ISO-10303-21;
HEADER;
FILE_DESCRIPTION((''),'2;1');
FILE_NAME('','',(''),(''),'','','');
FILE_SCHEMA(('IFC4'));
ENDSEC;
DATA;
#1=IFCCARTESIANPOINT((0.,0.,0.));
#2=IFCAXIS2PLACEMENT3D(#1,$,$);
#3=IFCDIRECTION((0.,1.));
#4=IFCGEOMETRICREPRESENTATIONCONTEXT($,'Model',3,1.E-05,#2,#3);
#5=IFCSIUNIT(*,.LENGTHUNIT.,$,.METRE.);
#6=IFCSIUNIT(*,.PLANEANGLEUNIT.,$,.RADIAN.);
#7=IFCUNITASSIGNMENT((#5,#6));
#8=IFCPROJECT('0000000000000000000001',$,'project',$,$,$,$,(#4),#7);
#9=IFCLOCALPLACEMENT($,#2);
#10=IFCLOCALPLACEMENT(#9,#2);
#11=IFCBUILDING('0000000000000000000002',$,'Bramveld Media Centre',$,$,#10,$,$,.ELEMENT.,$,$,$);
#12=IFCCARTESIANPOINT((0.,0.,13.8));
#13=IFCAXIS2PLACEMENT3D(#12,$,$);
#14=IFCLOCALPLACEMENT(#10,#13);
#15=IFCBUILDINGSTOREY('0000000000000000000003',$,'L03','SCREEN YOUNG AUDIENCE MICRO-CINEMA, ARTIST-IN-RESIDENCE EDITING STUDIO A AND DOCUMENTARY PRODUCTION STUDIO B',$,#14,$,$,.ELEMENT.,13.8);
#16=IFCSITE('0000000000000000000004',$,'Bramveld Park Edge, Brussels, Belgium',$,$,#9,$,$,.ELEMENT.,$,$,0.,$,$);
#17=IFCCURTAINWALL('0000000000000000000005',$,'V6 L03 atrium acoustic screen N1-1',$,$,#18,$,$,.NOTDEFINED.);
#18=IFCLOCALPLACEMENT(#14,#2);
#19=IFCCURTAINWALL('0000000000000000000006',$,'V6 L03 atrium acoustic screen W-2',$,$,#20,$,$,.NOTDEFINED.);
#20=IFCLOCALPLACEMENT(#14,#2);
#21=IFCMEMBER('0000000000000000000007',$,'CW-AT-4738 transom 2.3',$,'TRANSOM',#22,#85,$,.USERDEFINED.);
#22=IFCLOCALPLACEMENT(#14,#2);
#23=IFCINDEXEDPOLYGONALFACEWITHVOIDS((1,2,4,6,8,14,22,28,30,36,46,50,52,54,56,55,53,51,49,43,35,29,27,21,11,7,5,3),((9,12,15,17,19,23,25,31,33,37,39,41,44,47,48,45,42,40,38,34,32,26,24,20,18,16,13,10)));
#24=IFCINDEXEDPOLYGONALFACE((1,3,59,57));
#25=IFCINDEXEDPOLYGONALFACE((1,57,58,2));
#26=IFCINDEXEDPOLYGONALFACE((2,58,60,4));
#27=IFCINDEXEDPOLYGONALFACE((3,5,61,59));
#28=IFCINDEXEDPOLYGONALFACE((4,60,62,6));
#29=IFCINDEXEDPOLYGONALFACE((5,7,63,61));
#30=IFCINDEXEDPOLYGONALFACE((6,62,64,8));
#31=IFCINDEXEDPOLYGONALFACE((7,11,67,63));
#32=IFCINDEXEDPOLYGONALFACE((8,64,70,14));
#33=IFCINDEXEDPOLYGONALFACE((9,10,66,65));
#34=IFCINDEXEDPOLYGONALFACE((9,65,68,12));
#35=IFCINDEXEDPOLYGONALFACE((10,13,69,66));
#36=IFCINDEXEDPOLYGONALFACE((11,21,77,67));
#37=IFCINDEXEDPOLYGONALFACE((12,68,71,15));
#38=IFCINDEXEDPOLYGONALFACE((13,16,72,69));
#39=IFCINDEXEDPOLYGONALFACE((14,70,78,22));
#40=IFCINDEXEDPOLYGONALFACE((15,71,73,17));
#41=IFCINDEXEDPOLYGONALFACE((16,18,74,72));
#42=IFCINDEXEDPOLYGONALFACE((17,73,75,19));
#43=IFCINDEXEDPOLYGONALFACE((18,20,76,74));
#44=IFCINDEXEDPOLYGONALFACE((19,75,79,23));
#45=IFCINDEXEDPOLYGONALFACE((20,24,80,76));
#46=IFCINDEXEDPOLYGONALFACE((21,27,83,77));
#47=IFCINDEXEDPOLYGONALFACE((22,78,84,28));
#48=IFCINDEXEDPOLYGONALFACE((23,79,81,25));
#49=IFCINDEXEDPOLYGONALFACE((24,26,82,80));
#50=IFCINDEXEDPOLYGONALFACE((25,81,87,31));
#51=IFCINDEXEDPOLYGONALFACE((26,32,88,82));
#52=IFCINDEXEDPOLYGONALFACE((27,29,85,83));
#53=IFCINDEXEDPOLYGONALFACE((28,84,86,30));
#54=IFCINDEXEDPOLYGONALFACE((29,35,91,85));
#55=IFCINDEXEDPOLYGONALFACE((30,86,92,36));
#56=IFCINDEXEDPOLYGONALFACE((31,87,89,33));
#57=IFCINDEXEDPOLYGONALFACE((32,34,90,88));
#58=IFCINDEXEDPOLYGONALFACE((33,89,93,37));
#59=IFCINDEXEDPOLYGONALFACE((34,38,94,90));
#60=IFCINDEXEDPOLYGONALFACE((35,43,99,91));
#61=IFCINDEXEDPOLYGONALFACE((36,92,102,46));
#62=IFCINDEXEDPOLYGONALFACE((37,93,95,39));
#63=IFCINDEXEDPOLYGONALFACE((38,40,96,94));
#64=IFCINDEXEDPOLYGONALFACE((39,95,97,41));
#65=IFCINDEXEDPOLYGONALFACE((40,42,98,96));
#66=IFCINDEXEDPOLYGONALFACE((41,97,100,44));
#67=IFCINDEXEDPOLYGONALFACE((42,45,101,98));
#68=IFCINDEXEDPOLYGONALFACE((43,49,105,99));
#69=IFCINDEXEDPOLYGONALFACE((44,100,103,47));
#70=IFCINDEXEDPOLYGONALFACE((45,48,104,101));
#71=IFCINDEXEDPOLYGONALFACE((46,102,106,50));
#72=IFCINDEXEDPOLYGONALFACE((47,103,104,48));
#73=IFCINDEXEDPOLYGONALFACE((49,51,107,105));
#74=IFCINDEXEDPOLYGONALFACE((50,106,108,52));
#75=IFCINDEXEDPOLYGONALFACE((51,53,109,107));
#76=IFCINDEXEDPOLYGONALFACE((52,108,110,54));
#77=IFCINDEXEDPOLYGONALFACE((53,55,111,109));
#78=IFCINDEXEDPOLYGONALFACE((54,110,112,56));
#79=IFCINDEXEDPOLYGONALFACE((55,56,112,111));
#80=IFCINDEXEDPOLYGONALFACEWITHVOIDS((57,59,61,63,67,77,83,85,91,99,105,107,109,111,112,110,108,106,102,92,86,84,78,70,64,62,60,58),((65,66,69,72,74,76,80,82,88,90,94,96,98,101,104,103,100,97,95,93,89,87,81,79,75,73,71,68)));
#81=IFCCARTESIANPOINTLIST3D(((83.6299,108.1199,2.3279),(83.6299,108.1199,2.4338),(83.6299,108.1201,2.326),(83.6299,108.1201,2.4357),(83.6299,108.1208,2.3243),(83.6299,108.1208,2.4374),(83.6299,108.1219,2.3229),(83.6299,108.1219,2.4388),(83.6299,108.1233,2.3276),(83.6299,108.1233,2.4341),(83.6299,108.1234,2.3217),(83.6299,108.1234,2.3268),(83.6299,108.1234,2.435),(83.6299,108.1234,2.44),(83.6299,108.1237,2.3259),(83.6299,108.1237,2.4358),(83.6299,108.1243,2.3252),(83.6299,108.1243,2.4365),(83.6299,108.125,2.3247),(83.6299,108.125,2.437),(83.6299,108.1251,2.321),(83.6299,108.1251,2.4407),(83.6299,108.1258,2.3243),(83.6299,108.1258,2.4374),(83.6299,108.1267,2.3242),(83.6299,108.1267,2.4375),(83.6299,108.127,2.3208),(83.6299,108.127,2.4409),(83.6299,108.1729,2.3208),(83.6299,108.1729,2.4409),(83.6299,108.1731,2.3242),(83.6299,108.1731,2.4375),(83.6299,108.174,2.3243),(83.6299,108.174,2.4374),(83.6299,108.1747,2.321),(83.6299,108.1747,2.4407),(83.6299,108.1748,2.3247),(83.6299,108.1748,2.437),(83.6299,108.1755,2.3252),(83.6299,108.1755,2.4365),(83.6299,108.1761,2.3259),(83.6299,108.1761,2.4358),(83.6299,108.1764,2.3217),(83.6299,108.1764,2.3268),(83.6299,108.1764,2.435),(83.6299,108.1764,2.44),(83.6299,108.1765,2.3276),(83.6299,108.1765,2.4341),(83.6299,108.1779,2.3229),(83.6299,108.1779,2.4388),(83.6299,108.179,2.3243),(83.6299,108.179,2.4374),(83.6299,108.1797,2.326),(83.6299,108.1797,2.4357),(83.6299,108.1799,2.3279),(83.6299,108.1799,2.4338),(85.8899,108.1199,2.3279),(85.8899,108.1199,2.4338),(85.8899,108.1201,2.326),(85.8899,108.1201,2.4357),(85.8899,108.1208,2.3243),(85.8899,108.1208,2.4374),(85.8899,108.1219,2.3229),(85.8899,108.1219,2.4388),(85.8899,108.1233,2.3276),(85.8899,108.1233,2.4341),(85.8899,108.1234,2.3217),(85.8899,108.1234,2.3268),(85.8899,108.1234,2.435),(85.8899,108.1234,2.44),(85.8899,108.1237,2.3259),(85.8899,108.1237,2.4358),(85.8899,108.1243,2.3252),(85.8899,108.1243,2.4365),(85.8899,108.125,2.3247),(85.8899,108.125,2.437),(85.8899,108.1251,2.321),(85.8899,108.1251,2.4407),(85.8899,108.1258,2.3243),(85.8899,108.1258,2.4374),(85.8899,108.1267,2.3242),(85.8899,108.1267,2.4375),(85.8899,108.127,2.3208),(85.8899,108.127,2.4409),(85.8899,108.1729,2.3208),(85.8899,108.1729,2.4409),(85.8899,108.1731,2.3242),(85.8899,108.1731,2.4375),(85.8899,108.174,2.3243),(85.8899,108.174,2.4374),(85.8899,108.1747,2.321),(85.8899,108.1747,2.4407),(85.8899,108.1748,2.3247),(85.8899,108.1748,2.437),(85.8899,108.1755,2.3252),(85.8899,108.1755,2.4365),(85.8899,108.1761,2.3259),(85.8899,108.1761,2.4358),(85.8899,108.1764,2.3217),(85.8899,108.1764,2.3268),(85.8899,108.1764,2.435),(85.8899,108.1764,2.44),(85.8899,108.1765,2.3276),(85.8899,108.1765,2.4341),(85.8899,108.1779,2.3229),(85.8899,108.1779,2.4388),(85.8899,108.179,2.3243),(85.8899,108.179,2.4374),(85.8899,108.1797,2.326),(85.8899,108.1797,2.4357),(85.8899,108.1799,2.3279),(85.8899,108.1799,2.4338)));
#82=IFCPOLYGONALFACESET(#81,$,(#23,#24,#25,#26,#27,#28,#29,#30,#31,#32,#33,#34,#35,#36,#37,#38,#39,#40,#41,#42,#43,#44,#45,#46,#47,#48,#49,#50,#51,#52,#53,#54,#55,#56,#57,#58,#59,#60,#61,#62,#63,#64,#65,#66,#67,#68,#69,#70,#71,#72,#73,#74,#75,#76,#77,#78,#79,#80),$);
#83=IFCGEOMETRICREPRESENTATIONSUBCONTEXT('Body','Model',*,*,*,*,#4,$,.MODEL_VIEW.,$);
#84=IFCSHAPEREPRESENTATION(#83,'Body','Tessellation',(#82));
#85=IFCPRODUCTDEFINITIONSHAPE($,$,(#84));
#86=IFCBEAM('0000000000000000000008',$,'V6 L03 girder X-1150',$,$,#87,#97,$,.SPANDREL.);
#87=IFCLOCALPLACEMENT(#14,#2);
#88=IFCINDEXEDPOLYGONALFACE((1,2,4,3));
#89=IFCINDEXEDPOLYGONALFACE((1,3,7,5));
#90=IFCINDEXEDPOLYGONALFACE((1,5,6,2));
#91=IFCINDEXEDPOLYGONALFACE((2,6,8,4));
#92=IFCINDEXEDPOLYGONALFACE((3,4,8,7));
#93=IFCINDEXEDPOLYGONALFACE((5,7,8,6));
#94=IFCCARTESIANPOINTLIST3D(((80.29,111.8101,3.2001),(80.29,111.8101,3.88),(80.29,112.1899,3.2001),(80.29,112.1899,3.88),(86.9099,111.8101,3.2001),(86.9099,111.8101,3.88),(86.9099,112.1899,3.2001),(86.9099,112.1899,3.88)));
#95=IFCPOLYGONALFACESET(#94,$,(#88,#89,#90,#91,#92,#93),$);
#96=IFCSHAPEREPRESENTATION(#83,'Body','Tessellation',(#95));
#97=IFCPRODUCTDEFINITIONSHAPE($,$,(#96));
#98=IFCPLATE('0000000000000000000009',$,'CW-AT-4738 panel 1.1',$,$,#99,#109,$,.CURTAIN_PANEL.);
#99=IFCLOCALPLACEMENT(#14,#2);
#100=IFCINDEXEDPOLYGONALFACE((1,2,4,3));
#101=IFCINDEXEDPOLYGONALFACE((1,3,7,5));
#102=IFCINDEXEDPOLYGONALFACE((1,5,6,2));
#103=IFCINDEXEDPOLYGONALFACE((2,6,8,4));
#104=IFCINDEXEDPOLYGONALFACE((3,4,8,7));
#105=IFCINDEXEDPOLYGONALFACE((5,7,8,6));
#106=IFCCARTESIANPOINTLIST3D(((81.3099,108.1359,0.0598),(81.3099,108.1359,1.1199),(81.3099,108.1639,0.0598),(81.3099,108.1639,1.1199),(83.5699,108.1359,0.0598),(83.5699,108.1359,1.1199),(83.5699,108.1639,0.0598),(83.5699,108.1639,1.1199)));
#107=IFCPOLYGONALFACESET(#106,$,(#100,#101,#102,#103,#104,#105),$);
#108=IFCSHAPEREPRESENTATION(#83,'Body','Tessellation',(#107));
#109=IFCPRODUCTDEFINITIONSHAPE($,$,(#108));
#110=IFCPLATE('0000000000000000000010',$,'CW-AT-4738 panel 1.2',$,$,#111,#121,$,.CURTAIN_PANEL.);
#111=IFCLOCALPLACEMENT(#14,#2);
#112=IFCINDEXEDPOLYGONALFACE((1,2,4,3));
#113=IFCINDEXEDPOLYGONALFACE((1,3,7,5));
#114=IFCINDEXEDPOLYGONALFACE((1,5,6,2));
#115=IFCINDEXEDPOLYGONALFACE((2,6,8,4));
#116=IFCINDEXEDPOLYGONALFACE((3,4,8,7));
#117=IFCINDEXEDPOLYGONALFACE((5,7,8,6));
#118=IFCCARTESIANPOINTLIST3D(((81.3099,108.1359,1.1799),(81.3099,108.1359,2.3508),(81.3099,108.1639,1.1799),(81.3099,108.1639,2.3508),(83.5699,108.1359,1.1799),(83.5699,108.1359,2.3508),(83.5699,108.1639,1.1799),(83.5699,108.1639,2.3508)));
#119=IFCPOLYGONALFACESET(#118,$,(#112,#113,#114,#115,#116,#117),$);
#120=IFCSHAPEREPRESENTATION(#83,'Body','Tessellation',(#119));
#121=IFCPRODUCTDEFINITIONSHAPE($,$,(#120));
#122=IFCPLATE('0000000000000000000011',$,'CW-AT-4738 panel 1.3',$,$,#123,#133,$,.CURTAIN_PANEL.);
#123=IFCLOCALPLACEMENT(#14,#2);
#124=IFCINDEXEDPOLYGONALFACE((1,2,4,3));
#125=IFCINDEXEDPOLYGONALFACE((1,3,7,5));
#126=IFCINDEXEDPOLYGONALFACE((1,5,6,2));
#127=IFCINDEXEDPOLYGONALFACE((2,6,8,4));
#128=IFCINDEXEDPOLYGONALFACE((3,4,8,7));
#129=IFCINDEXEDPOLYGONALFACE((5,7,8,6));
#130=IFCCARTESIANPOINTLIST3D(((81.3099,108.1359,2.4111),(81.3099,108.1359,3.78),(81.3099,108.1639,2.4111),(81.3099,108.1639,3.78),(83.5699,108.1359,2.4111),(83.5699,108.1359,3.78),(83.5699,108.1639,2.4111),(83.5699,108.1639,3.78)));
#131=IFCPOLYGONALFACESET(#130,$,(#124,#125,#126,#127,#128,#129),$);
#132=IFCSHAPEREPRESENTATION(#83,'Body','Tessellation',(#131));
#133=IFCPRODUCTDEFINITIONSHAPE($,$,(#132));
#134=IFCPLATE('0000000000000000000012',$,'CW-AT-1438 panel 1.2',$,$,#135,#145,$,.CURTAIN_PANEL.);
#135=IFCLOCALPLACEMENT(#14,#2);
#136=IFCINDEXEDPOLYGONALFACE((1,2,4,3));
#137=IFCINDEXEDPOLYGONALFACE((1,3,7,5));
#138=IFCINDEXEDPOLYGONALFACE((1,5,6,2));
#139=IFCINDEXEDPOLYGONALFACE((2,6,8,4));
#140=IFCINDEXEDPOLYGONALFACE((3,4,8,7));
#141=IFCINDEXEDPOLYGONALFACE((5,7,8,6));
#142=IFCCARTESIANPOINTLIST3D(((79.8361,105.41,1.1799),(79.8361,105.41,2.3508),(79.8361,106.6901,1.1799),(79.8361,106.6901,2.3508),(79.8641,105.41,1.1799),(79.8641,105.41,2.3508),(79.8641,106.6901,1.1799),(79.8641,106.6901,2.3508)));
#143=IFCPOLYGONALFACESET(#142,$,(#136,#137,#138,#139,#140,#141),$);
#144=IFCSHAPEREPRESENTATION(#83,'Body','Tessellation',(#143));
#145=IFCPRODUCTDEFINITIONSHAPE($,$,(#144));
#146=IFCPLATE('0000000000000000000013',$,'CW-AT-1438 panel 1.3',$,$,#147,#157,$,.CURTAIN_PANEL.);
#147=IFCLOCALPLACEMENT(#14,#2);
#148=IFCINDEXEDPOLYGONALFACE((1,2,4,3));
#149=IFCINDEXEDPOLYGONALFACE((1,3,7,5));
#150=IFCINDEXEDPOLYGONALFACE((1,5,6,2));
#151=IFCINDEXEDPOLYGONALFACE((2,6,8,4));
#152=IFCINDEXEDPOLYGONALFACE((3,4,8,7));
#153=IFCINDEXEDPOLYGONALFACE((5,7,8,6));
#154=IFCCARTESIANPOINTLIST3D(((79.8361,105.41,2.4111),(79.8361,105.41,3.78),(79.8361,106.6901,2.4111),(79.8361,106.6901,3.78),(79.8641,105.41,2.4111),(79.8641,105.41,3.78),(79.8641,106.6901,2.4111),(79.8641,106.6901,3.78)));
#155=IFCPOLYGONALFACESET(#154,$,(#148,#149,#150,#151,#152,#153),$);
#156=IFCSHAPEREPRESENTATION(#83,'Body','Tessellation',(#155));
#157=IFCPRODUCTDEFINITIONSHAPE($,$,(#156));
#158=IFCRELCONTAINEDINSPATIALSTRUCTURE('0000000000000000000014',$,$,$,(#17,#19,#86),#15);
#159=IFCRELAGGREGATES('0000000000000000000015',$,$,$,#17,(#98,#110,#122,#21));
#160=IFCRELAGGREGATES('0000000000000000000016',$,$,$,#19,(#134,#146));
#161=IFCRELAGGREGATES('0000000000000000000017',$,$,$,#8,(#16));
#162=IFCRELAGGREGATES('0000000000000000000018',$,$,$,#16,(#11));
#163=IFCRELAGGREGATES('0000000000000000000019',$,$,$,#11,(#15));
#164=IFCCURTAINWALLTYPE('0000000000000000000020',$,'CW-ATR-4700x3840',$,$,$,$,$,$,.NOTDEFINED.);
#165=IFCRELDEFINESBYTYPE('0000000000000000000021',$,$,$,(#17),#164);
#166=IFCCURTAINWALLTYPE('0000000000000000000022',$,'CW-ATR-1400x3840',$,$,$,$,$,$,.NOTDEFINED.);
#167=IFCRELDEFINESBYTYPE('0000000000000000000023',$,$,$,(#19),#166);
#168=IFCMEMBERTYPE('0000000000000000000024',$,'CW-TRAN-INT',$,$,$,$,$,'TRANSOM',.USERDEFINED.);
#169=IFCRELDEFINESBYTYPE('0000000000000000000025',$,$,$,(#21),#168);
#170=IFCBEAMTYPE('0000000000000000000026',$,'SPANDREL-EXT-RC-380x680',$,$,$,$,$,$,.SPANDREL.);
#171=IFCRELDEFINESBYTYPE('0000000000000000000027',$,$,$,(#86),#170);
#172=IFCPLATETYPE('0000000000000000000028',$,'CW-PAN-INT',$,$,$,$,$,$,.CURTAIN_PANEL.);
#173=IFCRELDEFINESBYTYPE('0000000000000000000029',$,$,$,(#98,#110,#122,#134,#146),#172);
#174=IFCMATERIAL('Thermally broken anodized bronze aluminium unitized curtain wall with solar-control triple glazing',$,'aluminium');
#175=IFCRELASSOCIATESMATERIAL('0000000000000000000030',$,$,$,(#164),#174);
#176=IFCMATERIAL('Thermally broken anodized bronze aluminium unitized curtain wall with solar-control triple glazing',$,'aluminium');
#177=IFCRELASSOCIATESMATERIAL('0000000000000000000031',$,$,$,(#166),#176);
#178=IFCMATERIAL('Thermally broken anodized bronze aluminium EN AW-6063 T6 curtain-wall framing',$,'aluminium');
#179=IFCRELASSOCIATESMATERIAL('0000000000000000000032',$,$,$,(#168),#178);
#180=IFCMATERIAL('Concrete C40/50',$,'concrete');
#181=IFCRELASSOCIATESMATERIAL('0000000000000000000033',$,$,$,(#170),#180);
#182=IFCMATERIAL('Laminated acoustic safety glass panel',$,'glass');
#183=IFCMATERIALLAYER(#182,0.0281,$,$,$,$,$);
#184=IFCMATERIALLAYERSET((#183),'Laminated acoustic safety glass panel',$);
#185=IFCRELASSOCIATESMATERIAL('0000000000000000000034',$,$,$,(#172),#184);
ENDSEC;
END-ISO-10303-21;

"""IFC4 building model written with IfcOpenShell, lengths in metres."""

from ifc_helpers import new_model, si_unit, direction, frame, origin, origin_2d, place, context, subcontext, project, spatial, rectangle, hollow_rectangle, extrude, material, layer, layer_set, material_profile, profile_set, type_object, element, aggregate, save


model = new_model("IFC4")

# Units and contexts
model_context = context("Model", 3, precision=1e-05, world=origin(), true_north=direction((0.0, 1.0)))
body_context = subcontext(model_context, "Body", "Model", "MODEL_VIEW")
ifc_project = project(units=[si_unit("LENGTHUNIT", "METRE"), si_unit("PLANEANGLEUNIT", "RADIAN")], contexts=[model_context])

# Site, building, storey
site_placement = place(None, origin())
site = spatial("IfcSite", under=ifc_project, at=site_placement, Name="Bramveld Park Edge, Brussels, Belgium", CompositionType="ELEMENT", RefElevation=0.0)
building_placement = place(site_placement, origin())
building = spatial("IfcBuilding", under=site, at=building_placement, Name="Bramveld Media Centre", CompositionType="ELEMENT")
storey_placement = place(building_placement, frame((0.0, 0.0, 13.8)))
storey = spatial("IfcBuildingStorey", under=building, at=storey_placement, Name="L03", Description="SCREEN YOUNG AUDIENCE MICRO-CINEMA, ARTIST-IN-RESIDENCE EDITING STUDIO A AND DOCUMENTARY PRODUCTION STUDIO B", CompositionType="ELEMENT", Elevation=13.8)

# Curtain wall
ifc_material_1 = material(Name="Thermally broken anodized bronze aluminium unitized curtain wall with solar-control triple glazing", Category="aluminium")
curtain_wall_type_1 = type_object("IfcCurtainWallType", Name="CW-ATR-4700x3840", PredefinedType="NOTDEFINED", material=ifc_material_1)
curtain_wall_1_placement = place(storey_placement, origin())
curtain_wall_1 = element("IfcCurtainWall", 1, at=curtain_wall_1_placement, inside=storey, type_object=curtain_wall_type_1, Name="V6 L03 atrium acoustic screen N1-1", PredefinedType="NOTDEFINED")

# Curtain wall
ifc_material_2 = material(Name="Thermally broken anodized bronze aluminium unitized curtain wall with solar-control triple glazing", Category="aluminium")
curtain_wall_type_2 = type_object("IfcCurtainWallType", Name="CW-ATR-1400x3840", PredefinedType="NOTDEFINED", material=ifc_material_2)
curtain_wall_2_placement = place(storey_placement, origin())
curtain_wall_2 = element("IfcCurtainWall", 2, at=curtain_wall_2_placement, inside=storey, type_object=curtain_wall_type_2, Name="V6 L03 atrium acoustic screen W-2", PredefinedType="NOTDEFINED")

# Member
ifc_material_3 = material(Name="Thermally broken anodized bronze aluminium EN AW-6063 T6 curtain-wall framing", Category="aluminium")
ifc_material_profile_1 = material_profile(ifc_material_3, hollow_rectangle(XDim=0.0601, YDim=0.1201, WallThickness=0.0034, InnerFilletRadius=0.0034, OuterFilletRadius=0.0071, at=origin_2d()), Name="AL-TRAN 60x120")
ifc_profile_set_1 = profile_set([ifc_material_profile_1], Name="Thermally broken anodized bronze aluminium EN AW-6063 T6 curtain-wall framing")
member_type_1 = type_object("IfcMemberType", Name="CW-TRAN-INT", ElementType="TRANSOM", PredefinedType="USERDEFINED", material=ifc_profile_set_1)
member_1_placement = place(storey_placement, frame((83.6299, 108.1499, 2.3809), z_axis=(1.0, 0.0, 0.0), x_axis=(0.0, 1.0, 0.0)))
member_1 = element("IfcMember", 3, at=member_1_placement, type_object=member_type_1, Name="CW-AT-4738 transom 2.3", ObjectType="TRANSOM", PredefinedType="USERDEFINED", context=body_context, shape_type="SweptSolid", body=[
    extrude(hollow_rectangle(XDim=0.0601, YDim=0.1201, WallThickness=0.0034, InnerFilletRadius=0.0034, OuterFilletRadius=0.0071, at=origin_2d()), origin(), (0.0, 0.0, 1.0), 2.26),
])

# Beam
ifc_material_4 = material(Name="Concrete C40/50", Category="concrete")
ifc_material_profile_2 = material_profile(ifc_material_4, rectangle(XDim=0.3799, YDim=0.6799, at=origin_2d()), Name="RC 380x680")
ifc_profile_set_2 = profile_set([ifc_material_profile_2], Name="Concrete C40/50")
beam_type = type_object("IfcBeamType", Name="SPANDREL-EXT-RC-380x680", PredefinedType="SPANDREL", material=ifc_profile_set_2)
beam_placement = place(storey_placement, frame((80.29, 112.0, 3.54), z_axis=(1.0, 0.0, 0.0), x_axis=(0.0, 1.0, 0.0)))
element("IfcBeam", 4, at=beam_placement, inside=storey, type_object=beam_type, Name="V6 L03 girder X-1150", PredefinedType="SPANDREL", context=body_context, shape_type="SweptSolid", body=[
    extrude(rectangle(XDim=0.3799, YDim=0.6799, at=origin_2d()), origin(), (0.0, 0.0, 1.0), 6.6199),
])

# Plates
ifc_material_5 = material(Name="Laminated acoustic safety glass panel", Category="glass")
ifc_layer_1 = layer(ifc_material_5, 0.0281)
ifc_layer_set_1 = layer_set([ifc_layer_1], Name="Laminated acoustic safety glass panel")
plate_type = type_object("IfcPlateType", Name="CW-PAN-INT", PredefinedType="CURTAIN_PANEL", material=ifc_layer_set_1)
plate_1_placement = place(storey_placement, frame((82.4399, 108.1499, 0.0598), z_axis=(0.0, 0.0, 1.0), x_axis=(1.0, 0.0, 0.0)))
plate_1 = element("IfcPlate", 5, at=plate_1_placement, type_object=plate_type, Name="CW-AT-4738 panel 1.1", PredefinedType="CURTAIN_PANEL", context=body_context, shape_type="SweptSolid", body=[
    extrude(rectangle(XDim=2.26, YDim=0.0281, at=origin_2d()), origin(), (0.0, 0.0, 1.0), 1.0601),
])
plate_2_placement = place(storey_placement, frame((82.4399, 108.1499, 1.1799), z_axis=(0.0, 0.0, 1.0), x_axis=(1.0, 0.0, 0.0)))
plate_2 = element("IfcPlate", 6, at=plate_2_placement, type_object=plate_type, Name="CW-AT-4738 panel 1.2", PredefinedType="CURTAIN_PANEL", context=body_context, shape_type="SweptSolid", body=[
    extrude(rectangle(XDim=2.26, YDim=0.0281, at=origin_2d()), origin(), (0.0, 0.0, 1.0), 1.1709),
])
plate_3_placement = place(storey_placement, frame((82.4399, 108.1499, 2.4111), z_axis=(0.0, 0.0, 1.0), x_axis=(1.0, 0.0, 0.0)))
plate_3 = element("IfcPlate", 7, at=plate_3_placement, type_object=plate_type, Name="CW-AT-4738 panel 1.3", PredefinedType="CURTAIN_PANEL", context=body_context, shape_type="SweptSolid", body=[
    extrude(rectangle(XDim=2.26, YDim=0.0281, at=origin_2d()), origin(), (0.0, 0.0, 1.0), 1.3689),
])
aggregate(curtain_wall_1, [plate_1, plate_2, plate_3, member_1])
plate_4_placement = place(storey_placement, frame((79.8501, 106.05, 1.1799), z_axis=(0.0, 0.0, 1.0), x_axis=(0.0, 1.0, 0.0)))
plate_4 = element("IfcPlate", 8, at=plate_4_placement, type_object=plate_type, Name="CW-AT-1438 panel 1.2", PredefinedType="CURTAIN_PANEL", context=body_context, shape_type="SweptSolid", body=[
    extrude(rectangle(XDim=1.28, YDim=0.0281, at=origin_2d()), origin(), (0.0, 0.0, 1.0), 1.1709),
])
plate_5_placement = place(storey_placement, frame((79.8501, 106.05, 2.4111), z_axis=(0.0, 0.0, 1.0), x_axis=(0.0, 1.0, 0.0)))
plate_5 = element("IfcPlate", 9, at=plate_5_placement, type_object=plate_type, Name="CW-AT-1438 panel 1.3", PredefinedType="CURTAIN_PANEL", context=body_context, shape_type="SweptSolid", body=[
    extrude(rectangle(XDim=1.28, YDim=0.0281, at=origin_2d()), origin(), (0.0, 0.0, 1.0), 1.3689),
])
aggregate(curtain_wall_2, [plate_4, plate_5])

save(model, "model.ifc")
